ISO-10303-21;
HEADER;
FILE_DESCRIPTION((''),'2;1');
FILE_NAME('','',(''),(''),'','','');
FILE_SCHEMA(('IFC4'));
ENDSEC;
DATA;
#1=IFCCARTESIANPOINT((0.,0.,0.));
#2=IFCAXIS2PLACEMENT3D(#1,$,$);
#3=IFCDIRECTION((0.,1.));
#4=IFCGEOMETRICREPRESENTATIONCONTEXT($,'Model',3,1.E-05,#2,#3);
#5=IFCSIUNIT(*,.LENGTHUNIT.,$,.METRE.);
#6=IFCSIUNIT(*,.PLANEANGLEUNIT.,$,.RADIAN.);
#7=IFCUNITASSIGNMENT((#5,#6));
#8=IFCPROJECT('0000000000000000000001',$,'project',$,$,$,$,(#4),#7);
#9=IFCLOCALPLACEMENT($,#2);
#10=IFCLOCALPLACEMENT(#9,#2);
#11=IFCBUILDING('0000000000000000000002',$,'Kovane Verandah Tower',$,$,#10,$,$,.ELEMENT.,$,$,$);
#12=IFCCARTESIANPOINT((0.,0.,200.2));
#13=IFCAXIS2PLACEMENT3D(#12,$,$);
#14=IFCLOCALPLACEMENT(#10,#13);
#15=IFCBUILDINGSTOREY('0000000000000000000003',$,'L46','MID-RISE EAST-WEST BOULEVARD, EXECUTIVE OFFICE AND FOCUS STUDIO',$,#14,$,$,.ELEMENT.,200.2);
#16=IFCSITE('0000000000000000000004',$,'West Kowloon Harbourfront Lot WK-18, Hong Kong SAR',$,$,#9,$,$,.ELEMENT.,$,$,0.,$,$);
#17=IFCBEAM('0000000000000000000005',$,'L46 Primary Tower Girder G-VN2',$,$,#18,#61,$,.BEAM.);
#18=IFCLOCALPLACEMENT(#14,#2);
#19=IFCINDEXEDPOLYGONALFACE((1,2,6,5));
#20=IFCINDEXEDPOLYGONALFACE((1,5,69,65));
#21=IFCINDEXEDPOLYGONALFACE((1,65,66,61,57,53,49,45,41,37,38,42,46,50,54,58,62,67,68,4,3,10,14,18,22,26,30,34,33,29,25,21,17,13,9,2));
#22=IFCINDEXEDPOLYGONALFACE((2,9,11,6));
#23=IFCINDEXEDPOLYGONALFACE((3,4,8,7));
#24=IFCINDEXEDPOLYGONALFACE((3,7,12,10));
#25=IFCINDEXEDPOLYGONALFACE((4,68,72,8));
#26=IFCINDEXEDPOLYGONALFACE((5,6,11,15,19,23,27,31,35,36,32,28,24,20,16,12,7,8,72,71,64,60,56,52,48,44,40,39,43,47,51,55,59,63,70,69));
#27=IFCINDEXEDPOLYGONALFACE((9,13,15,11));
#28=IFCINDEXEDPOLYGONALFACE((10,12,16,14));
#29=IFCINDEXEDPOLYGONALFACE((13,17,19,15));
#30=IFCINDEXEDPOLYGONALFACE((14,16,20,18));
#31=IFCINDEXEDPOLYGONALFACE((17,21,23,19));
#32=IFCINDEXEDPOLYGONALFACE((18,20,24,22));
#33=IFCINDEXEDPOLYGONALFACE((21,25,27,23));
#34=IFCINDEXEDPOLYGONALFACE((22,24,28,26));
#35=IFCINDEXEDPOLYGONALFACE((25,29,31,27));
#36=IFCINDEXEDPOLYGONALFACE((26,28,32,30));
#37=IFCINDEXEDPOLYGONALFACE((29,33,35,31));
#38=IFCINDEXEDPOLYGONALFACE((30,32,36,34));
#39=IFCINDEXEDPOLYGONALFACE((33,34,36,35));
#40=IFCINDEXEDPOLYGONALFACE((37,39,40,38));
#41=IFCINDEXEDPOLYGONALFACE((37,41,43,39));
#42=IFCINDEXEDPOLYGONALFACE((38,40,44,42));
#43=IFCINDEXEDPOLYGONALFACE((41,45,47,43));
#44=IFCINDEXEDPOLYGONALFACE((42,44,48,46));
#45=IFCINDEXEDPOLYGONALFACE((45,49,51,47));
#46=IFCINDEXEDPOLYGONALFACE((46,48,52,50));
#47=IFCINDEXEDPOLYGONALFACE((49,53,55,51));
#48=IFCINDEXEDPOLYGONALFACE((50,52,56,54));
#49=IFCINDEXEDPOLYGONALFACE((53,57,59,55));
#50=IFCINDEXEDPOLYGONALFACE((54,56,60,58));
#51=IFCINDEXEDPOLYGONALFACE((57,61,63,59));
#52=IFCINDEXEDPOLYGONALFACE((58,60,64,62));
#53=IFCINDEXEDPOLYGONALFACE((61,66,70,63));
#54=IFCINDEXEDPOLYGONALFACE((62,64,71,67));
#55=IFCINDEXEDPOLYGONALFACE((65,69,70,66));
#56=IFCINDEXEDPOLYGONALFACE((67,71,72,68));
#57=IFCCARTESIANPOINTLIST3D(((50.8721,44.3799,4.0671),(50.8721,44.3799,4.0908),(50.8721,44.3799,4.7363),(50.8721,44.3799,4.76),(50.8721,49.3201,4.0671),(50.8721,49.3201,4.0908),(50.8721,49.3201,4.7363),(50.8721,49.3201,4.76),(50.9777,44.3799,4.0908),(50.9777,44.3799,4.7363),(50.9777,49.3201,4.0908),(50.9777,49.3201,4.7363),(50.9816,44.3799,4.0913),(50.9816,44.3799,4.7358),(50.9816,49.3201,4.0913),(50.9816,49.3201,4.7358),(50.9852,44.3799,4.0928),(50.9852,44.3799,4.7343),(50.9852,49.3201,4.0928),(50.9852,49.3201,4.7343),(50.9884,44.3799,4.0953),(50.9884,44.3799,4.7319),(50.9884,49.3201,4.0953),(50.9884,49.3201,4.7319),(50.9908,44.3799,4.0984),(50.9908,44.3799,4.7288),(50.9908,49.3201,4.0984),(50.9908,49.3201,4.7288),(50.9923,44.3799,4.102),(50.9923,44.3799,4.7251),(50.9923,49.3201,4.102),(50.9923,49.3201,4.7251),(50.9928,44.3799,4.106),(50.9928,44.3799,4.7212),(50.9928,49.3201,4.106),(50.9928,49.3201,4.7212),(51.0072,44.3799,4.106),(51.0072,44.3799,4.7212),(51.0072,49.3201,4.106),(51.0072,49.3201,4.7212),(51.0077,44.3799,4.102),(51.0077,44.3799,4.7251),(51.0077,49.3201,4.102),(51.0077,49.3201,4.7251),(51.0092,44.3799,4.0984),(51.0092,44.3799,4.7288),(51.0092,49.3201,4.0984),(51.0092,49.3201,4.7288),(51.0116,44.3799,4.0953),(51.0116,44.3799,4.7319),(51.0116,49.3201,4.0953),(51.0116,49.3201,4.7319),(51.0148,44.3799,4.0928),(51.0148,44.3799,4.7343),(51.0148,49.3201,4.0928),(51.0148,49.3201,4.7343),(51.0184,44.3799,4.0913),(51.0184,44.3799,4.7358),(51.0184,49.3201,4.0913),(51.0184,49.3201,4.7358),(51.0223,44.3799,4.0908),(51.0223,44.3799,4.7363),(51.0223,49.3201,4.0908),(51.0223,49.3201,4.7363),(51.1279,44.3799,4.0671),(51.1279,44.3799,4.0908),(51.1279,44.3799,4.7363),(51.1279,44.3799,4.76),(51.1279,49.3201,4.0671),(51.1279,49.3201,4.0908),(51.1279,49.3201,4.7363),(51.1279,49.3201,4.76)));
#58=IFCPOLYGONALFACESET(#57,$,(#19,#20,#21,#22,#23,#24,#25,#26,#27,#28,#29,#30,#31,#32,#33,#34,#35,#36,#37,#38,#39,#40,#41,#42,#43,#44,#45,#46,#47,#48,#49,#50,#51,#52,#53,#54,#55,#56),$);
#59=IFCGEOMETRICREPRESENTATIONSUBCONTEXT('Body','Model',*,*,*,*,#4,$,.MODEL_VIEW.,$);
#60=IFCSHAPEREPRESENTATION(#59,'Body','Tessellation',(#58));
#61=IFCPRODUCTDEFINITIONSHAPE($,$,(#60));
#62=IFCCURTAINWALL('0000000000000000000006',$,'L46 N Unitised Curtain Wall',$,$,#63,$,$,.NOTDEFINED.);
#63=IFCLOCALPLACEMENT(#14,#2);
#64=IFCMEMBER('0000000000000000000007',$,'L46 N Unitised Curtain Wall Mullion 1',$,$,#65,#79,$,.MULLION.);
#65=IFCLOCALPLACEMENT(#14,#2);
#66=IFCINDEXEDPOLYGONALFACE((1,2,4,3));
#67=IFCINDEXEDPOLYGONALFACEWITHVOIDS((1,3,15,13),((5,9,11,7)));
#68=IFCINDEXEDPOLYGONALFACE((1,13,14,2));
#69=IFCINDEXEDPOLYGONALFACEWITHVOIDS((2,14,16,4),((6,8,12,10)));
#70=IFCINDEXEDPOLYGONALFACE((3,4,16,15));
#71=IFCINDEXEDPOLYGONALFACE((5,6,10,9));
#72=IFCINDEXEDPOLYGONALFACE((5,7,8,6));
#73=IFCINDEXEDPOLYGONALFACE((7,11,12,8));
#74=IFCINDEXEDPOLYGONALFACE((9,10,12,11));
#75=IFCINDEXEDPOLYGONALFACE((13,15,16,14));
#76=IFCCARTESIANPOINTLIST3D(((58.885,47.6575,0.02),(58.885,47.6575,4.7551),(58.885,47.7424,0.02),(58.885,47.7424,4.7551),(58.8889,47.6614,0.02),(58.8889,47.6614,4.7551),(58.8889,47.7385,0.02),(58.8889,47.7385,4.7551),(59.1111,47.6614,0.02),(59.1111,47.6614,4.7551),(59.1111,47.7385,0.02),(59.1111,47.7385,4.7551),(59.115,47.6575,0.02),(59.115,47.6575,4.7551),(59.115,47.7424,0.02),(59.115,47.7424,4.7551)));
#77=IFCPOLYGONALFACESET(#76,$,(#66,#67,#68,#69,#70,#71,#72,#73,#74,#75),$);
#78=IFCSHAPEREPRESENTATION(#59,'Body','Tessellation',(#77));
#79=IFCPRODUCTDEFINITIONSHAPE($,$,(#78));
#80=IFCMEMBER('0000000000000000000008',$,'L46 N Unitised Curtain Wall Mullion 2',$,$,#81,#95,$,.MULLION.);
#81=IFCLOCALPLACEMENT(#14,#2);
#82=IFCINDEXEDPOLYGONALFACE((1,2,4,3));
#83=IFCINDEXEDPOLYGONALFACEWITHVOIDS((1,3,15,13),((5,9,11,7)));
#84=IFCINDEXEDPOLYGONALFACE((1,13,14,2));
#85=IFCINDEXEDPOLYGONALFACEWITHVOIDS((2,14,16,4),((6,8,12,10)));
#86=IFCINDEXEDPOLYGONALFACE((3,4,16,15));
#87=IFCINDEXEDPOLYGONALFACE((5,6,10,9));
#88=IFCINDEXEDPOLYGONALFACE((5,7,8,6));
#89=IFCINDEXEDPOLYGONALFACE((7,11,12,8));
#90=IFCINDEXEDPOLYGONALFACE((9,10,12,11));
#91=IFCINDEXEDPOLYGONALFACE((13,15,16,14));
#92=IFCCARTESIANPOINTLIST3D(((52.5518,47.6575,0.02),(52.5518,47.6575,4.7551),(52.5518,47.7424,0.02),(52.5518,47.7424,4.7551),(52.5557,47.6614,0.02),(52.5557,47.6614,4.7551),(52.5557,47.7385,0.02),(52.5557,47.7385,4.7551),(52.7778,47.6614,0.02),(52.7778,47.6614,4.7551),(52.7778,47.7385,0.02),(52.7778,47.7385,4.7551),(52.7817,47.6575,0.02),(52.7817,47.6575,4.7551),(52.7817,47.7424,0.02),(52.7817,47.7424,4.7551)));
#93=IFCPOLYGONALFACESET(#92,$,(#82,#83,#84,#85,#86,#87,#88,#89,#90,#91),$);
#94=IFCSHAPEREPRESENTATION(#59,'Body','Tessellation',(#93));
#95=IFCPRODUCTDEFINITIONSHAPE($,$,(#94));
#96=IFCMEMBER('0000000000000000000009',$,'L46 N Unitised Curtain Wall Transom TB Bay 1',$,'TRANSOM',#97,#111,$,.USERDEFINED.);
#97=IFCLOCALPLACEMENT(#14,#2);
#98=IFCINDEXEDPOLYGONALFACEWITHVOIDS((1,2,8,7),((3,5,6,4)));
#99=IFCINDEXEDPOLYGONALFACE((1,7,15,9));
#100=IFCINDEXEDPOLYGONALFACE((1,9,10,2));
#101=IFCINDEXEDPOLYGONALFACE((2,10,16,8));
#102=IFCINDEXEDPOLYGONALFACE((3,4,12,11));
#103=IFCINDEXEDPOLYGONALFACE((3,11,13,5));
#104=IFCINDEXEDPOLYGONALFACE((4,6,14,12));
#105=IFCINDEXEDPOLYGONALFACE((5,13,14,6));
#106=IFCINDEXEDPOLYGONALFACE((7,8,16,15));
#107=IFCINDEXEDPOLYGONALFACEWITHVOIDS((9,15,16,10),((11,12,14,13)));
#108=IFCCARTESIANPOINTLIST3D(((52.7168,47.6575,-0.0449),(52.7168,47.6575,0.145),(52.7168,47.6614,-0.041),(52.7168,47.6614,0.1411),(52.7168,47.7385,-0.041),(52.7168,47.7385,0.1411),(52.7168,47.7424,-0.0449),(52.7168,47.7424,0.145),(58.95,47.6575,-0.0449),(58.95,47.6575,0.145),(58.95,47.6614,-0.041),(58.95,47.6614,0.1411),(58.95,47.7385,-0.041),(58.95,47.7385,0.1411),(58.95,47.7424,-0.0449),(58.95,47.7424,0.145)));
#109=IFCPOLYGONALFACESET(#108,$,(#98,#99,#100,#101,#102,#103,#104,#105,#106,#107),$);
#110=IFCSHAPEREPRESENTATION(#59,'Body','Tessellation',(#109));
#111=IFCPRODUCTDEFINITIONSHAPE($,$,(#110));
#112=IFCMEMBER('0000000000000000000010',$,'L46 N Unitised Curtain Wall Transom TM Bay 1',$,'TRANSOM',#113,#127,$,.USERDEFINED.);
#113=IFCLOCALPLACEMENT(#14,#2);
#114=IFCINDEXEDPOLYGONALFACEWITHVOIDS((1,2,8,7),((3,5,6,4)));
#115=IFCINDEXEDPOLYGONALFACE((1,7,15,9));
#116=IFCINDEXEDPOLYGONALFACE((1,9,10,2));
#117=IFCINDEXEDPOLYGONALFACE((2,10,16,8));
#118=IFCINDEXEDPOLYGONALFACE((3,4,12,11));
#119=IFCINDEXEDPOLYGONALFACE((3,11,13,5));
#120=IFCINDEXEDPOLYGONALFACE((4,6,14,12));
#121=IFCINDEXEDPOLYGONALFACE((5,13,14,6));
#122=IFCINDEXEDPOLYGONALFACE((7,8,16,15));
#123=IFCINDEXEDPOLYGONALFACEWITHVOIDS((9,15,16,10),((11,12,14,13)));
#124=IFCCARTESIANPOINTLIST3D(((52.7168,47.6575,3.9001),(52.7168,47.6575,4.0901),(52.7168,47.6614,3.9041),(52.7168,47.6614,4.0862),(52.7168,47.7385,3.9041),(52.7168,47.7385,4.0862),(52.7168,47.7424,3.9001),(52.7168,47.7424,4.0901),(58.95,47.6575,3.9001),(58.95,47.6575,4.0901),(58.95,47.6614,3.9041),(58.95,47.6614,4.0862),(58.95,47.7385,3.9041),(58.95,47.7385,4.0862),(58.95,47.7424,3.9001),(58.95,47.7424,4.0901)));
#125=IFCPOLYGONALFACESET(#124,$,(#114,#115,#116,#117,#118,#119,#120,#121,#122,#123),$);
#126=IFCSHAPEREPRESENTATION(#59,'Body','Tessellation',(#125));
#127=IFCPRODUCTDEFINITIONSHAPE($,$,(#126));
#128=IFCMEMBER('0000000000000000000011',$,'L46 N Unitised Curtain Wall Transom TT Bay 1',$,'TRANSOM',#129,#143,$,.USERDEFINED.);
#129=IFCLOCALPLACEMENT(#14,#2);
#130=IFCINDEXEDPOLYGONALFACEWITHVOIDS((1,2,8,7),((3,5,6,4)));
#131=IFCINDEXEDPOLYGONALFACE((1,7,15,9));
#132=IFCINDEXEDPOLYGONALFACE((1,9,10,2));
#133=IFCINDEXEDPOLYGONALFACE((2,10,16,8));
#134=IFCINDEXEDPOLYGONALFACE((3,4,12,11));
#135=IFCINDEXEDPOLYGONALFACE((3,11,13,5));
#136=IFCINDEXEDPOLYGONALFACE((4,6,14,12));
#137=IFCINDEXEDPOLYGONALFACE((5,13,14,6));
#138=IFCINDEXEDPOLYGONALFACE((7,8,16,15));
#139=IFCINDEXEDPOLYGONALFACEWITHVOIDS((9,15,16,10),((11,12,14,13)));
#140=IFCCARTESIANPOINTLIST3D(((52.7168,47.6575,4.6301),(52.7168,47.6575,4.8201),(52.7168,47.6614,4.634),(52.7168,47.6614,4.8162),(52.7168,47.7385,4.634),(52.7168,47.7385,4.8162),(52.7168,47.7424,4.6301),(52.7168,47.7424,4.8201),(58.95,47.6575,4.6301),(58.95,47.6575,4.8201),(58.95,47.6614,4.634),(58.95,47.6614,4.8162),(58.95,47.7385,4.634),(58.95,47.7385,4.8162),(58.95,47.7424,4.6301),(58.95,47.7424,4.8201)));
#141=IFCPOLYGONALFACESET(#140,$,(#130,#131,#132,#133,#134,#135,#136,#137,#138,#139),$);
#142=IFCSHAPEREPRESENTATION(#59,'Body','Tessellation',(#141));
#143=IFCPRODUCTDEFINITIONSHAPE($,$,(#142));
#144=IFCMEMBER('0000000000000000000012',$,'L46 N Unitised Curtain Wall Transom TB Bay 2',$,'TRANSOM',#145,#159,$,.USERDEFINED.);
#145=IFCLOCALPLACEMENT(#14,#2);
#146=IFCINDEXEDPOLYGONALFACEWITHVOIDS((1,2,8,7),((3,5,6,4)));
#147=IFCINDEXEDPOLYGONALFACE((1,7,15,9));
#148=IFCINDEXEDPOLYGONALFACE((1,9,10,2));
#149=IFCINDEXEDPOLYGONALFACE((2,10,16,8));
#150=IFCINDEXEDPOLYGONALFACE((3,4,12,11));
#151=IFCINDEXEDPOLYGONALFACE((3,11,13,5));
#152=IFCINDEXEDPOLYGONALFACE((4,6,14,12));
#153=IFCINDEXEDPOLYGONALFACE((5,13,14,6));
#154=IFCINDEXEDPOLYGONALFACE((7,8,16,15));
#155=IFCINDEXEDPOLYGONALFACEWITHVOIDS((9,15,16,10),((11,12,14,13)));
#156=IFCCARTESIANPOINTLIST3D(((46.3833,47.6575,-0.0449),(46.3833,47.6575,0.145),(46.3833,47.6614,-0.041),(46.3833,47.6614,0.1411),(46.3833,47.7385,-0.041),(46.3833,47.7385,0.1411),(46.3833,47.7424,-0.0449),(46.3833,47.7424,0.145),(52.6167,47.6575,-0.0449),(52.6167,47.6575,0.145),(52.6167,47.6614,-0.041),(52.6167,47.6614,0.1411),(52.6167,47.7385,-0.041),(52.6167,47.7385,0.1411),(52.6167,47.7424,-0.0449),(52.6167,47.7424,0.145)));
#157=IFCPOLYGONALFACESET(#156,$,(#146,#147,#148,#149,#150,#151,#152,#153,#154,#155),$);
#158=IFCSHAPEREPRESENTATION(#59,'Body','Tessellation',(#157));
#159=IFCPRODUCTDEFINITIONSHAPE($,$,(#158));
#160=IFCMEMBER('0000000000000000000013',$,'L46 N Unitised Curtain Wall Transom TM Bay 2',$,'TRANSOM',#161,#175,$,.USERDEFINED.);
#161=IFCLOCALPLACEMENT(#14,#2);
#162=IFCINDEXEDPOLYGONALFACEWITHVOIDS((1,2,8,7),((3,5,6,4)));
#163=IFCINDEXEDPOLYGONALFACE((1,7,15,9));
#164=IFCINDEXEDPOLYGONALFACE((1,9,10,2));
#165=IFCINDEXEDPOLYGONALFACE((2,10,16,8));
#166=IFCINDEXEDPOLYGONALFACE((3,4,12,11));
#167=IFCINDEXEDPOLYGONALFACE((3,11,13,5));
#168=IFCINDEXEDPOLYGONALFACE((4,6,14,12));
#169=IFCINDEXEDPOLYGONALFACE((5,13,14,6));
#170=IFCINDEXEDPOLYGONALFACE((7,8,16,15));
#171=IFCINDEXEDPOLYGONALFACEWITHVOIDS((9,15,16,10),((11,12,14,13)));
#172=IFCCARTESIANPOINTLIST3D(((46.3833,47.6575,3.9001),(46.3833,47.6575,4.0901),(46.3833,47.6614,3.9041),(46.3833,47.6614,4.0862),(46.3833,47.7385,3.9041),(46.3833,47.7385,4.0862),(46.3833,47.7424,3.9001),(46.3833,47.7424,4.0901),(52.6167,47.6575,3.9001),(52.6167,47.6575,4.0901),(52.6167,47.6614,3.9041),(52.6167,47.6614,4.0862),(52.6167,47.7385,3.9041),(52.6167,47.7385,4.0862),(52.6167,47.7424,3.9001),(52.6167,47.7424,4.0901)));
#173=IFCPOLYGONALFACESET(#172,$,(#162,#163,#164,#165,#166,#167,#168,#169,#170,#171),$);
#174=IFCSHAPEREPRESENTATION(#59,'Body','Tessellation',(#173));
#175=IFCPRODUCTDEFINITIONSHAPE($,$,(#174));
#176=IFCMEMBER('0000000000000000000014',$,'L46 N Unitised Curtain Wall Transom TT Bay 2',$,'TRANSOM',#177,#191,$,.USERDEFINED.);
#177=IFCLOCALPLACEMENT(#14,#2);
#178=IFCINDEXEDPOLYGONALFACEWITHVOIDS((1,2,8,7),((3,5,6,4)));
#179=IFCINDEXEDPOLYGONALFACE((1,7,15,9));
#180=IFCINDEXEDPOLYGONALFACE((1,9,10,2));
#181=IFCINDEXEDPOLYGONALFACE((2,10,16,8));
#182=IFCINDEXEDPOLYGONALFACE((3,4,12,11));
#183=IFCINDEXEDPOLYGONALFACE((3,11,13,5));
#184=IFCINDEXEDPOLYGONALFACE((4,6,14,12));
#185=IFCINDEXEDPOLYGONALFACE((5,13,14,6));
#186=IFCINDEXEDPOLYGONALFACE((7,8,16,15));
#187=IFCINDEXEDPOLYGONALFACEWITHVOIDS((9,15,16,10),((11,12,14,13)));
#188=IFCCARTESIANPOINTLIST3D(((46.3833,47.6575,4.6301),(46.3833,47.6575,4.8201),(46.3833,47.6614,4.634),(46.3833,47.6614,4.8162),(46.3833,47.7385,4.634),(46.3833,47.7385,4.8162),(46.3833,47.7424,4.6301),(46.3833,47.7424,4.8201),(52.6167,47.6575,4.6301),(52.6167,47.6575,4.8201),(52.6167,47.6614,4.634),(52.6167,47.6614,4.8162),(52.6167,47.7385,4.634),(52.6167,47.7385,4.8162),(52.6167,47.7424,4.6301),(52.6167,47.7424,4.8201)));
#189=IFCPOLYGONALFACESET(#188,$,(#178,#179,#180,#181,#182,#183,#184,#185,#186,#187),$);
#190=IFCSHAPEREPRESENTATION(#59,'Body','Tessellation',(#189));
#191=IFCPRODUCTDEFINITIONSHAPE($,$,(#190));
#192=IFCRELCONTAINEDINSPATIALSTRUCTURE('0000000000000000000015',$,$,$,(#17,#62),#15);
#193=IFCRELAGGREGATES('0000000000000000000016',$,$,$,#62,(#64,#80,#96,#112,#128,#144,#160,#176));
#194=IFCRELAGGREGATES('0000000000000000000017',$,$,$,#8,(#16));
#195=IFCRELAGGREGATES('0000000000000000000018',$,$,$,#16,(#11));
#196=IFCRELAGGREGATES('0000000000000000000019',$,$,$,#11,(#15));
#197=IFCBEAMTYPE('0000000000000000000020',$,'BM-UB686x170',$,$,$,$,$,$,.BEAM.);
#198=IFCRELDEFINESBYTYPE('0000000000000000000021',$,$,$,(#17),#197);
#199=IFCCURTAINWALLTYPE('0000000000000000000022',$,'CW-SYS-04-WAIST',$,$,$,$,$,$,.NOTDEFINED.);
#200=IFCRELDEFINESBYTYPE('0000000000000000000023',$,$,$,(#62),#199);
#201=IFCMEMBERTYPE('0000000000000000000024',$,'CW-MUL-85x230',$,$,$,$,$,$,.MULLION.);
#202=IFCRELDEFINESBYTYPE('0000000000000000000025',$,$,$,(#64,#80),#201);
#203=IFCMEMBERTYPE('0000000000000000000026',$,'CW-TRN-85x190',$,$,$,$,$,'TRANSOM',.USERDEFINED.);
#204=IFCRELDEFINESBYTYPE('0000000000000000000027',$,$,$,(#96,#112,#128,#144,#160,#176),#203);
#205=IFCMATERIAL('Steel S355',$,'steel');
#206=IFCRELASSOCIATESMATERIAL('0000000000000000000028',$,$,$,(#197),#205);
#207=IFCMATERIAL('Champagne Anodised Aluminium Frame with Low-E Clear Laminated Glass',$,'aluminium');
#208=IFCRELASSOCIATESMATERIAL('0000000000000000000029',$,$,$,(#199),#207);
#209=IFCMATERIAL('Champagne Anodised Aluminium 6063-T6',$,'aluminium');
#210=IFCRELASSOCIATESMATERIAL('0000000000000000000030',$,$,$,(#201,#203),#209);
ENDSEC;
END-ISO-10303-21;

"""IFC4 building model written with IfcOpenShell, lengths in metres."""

from ifc_helpers import new_model, si_unit, direction, frame, origin, origin_2d, place, context, subcontext, project, spatial, hollow_rectangle, i_section, extrude, material, material_profile, profile_set, type_object, element, aggregate, save


model = new_model("IFC4")

# Units and contexts
model_context = context("Model", 3, precision=1e-05, world=origin(), true_north=direction((0.0, 1.0)))
body_context = subcontext(model_context, "Body", "Model", "MODEL_VIEW")
ifc_project = project(units=[si_unit("LENGTHUNIT", "METRE"), si_unit("PLANEANGLEUNIT", "RADIAN")], contexts=[model_context])

# Site, building, storey
site_placement = place(None, origin())
site = spatial("IfcSite", under=ifc_project, at=site_placement, Name="West Kowloon Harbourfront Lot WK-18, Hong Kong SAR", CompositionType="ELEMENT", RefElevation=0.0)
building_placement = place(site_placement, origin())
building = spatial("IfcBuilding", under=site, at=building_placement, Name="Kovane Verandah Tower", CompositionType="ELEMENT")
storey_placement = place(building_placement, frame((0.0, 0.0, 200.2)))
storey = spatial("IfcBuildingStorey", under=building, at=storey_placement, Name="L46", Description="MID-RISE EAST-WEST BOULEVARD, EXECUTIVE OFFICE AND FOCUS STUDIO", CompositionType="ELEMENT", Elevation=200.2)

# Beam
ifc_material_1 = material(Name="Steel S355", Category="steel")
ifc_material_profile_1 = material_profile(ifc_material_1, i_section(OverallWidth=0.2559, OverallDepth=0.6929, WebThickness=0.0144, FlangeThickness=0.0237, FilletRadius=0.0151, at=origin_2d()), Name="UB686x254x170")
ifc_profile_set_1 = profile_set([ifc_material_profile_1], Name="Steel S355")
beam_type = type_object("IfcBeamType", Name="BM-UB686x170", PredefinedType="BEAM", material=ifc_profile_set_1)
beam_1_placement = place(storey_placement, frame((51.0, 44.3799, 4.4136), z_axis=(0.0, 1.0, 0.0), x_axis=(-1.0, 0.0, 0.0)))
element("IfcBeam", 1, at=beam_1_placement, inside=storey, type_object=beam_type, Name="L46 Primary Tower Girder G-VN2", PredefinedType="BEAM", context=body_context, shape_type="SweptSolid", body=[
    extrude(i_section(OverallWidth=0.2559, OverallDepth=0.6929, WebThickness=0.0144, FlangeThickness=0.0237, FilletRadius=0.0151, at=origin_2d()), origin(), (0.0, 0.0, 1.0), 4.9402),
])

# Curtain wall, members
ifc_material_2 = material(Name="Champagne Anodised Aluminium Frame with Low-E Clear Laminated Glass", Category="aluminium")
curtain_wall_type = type_object("IfcCurtainWallType", Name="CW-SYS-04-WAIST", PredefinedType="NOTDEFINED", material=ifc_material_2)
curtain_wall_placement = place(storey_placement, origin())
curtain_wall = element("IfcCurtainWall", 2, at=curtain_wall_placement, inside=storey, type_object=curtain_wall_type, Name="L46 N Unitised Curtain Wall", PredefinedType="NOTDEFINED")
ifc_material_3 = material(Name="Champagne Anodised Aluminium 6063-T6", Category="aluminium")
ifc_material_profile_2 = material_profile(ifc_material_3, hollow_rectangle(XDim=0.085, YDim=0.23, WallThickness=0.0039, at=origin_2d()), Name="AL85x230x4")
ifc_profile_set_2 = profile_set([ifc_material_profile_2], Name="Champagne Anodised Aluminium 6063-T6")
member_type_1 = type_object("IfcMemberType", Name="CW-MUL-85x230", PredefinedType="MULLION", material=ifc_profile_set_2)
member_1_placement = place(storey_placement, frame((59.0, 47.7, 0.02), z_axis=(0.0, 0.0, 1.0), x_axis=(0.0, 1.0, 0.0)))
member_1 = element("IfcMember", 3, at=member_1_placement, type_object=member_type_1, Name="L46 N Unitised Curtain Wall Mullion 1", PredefinedType="MULLION", context=body_context, shape_type="SweptSolid", body=[
    extrude(hollow_rectangle(XDim=0.085, YDim=0.23, WallThickness=0.0039, at=origin_2d()), origin(), (0.0, 0.0, 1.0), 4.7351),
])
member_2_placement = place(storey_placement, frame((52.6667, 47.7, 0.02), z_axis=(0.0, 0.0, 1.0), x_axis=(0.0, 1.0, 0.0)))
member_2 = element("IfcMember", 4, at=member_2_placement, type_object=member_type_1, Name="L46 N Unitised Curtain Wall Mullion 2", PredefinedType="MULLION", context=body_context, shape_type="SweptSolid", body=[
    extrude(hollow_rectangle(XDim=0.085, YDim=0.23, WallThickness=0.0039, at=origin_2d()), origin(), (0.0, 0.0, 1.0), 4.7351),
])
ifc_material_profile_3 = material_profile(ifc_material_3, hollow_rectangle(XDim=0.085, YDim=0.1899, WallThickness=0.0039, at=origin_2d()), Name="AL85x190x4")
ifc_profile_set_3 = profile_set([ifc_material_profile_3], Name="Champagne Anodised Aluminium 6063-T6")
member_type_2 = type_object("IfcMemberType", Name="CW-TRN-85x190", ElementType="TRANSOM", PredefinedType="USERDEFINED", material=ifc_profile_set_3)
member_3_placement = place(storey_placement, frame((58.95, 47.7, 0.05), z_axis=(-1.0, 0.0, 0.0), x_axis=(0.0, -1.0, 0.0)))
member_3 = element("IfcMember", 5, at=member_3_placement, type_object=member_type_2, Name="L46 N Unitised Curtain Wall Transom TB Bay 1", ObjectType="TRANSOM", PredefinedType="USERDEFINED", context=body_context, shape_type="SweptSolid", body=[
    extrude(hollow_rectangle(XDim=0.085, YDim=0.1899, WallThickness=0.0039, at=origin_2d()), origin(), (0.0, 0.0, 1.0), 6.2332),
])
member_4_placement = place(storey_placement, frame((58.95, 47.7, 3.9951), z_axis=(-1.0, 0.0, 0.0), x_axis=(0.0, -1.0, 0.0)))
member_4 = element("IfcMember", 6, at=member_4_placement, type_object=member_type_2, Name="L46 N Unitised Curtain Wall Transom TM Bay 1", ObjectType="TRANSOM", PredefinedType="USERDEFINED", context=body_context, shape_type="SweptSolid", body=[
    extrude(hollow_rectangle(XDim=0.085, YDim=0.1899, WallThickness=0.0039, at=origin_2d()), origin(), (0.0, 0.0, 1.0), 6.2332),
])
member_5_placement = place(storey_placement, frame((58.95, 47.7, 4.7251), z_axis=(-1.0, 0.0, 0.0), x_axis=(0.0, -1.0, 0.0)))
member_5 = element("IfcMember", 7, at=member_5_placement, type_object=member_type_2, Name="L46 N Unitised Curtain Wall Transom TT Bay 1", ObjectType="TRANSOM", PredefinedType="USERDEFINED", context=body_context, shape_type="SweptSolid", body=[
    extrude(hollow_rectangle(XDim=0.085, YDim=0.1899, WallThickness=0.0039, at=origin_2d()), origin(), (0.0, 0.0, 1.0), 6.2332),
])
member_6_placement = place(storey_placement, frame((52.6167, 47.7, 0.05), z_axis=(-1.0, 0.0, 0.0), x_axis=(0.0, -1.0, 0.0)))
member_6 = element("IfcMember", 8, at=member_6_placement, type_object=member_type_2, Name="L46 N Unitised Curtain Wall Transom TB Bay 2", ObjectType="TRANSOM", PredefinedType="USERDEFINED", context=body_context, shape_type="SweptSolid", body=[
    extrude(hollow_rectangle(XDim=0.085, YDim=0.1899, WallThickness=0.0039, at=origin_2d()), origin(), (0.0, 0.0, 1.0), 6.2334),
])
member_7_placement = place(storey_placement, frame((52.6167, 47.7, 3.9951), z_axis=(-1.0, 0.0, 0.0), x_axis=(0.0, -1.0, 0.0)))
member_7 = element("IfcMember", 9, at=member_7_placement, type_object=member_type_2, Name="L46 N Unitised Curtain Wall Transom TM Bay 2", ObjectType="TRANSOM", PredefinedType="USERDEFINED", context=body_context, shape_type="SweptSolid", body=[
    extrude(hollow_rectangle(XDim=0.085, YDim=0.1899, WallThickness=0.0039, at=origin_2d()), origin(), (0.0, 0.0, 1.0), 6.2334),
])
member_8_placement = place(storey_placement, frame((52.6167, 47.7, 4.7251), z_axis=(-1.0, 0.0, 0.0), x_axis=(0.0, -1.0, 0.0)))
member_8 = element("IfcMember", 10, at=member_8_placement, type_object=member_type_2, Name="L46 N Unitised Curtain Wall Transom TT Bay 2", ObjectType="TRANSOM", PredefinedType="USERDEFINED", context=body_context, shape_type="SweptSolid", body=[
    extrude(hollow_rectangle(XDim=0.085, YDim=0.1899, WallThickness=0.0039, at=origin_2d()), origin(), (0.0, 0.0, 1.0), 6.2334),
])
aggregate(curtain_wall, [member_1, member_2, member_3, member_4, member_5, member_6, member_7, member_8])

save(model, "model.ifc")
